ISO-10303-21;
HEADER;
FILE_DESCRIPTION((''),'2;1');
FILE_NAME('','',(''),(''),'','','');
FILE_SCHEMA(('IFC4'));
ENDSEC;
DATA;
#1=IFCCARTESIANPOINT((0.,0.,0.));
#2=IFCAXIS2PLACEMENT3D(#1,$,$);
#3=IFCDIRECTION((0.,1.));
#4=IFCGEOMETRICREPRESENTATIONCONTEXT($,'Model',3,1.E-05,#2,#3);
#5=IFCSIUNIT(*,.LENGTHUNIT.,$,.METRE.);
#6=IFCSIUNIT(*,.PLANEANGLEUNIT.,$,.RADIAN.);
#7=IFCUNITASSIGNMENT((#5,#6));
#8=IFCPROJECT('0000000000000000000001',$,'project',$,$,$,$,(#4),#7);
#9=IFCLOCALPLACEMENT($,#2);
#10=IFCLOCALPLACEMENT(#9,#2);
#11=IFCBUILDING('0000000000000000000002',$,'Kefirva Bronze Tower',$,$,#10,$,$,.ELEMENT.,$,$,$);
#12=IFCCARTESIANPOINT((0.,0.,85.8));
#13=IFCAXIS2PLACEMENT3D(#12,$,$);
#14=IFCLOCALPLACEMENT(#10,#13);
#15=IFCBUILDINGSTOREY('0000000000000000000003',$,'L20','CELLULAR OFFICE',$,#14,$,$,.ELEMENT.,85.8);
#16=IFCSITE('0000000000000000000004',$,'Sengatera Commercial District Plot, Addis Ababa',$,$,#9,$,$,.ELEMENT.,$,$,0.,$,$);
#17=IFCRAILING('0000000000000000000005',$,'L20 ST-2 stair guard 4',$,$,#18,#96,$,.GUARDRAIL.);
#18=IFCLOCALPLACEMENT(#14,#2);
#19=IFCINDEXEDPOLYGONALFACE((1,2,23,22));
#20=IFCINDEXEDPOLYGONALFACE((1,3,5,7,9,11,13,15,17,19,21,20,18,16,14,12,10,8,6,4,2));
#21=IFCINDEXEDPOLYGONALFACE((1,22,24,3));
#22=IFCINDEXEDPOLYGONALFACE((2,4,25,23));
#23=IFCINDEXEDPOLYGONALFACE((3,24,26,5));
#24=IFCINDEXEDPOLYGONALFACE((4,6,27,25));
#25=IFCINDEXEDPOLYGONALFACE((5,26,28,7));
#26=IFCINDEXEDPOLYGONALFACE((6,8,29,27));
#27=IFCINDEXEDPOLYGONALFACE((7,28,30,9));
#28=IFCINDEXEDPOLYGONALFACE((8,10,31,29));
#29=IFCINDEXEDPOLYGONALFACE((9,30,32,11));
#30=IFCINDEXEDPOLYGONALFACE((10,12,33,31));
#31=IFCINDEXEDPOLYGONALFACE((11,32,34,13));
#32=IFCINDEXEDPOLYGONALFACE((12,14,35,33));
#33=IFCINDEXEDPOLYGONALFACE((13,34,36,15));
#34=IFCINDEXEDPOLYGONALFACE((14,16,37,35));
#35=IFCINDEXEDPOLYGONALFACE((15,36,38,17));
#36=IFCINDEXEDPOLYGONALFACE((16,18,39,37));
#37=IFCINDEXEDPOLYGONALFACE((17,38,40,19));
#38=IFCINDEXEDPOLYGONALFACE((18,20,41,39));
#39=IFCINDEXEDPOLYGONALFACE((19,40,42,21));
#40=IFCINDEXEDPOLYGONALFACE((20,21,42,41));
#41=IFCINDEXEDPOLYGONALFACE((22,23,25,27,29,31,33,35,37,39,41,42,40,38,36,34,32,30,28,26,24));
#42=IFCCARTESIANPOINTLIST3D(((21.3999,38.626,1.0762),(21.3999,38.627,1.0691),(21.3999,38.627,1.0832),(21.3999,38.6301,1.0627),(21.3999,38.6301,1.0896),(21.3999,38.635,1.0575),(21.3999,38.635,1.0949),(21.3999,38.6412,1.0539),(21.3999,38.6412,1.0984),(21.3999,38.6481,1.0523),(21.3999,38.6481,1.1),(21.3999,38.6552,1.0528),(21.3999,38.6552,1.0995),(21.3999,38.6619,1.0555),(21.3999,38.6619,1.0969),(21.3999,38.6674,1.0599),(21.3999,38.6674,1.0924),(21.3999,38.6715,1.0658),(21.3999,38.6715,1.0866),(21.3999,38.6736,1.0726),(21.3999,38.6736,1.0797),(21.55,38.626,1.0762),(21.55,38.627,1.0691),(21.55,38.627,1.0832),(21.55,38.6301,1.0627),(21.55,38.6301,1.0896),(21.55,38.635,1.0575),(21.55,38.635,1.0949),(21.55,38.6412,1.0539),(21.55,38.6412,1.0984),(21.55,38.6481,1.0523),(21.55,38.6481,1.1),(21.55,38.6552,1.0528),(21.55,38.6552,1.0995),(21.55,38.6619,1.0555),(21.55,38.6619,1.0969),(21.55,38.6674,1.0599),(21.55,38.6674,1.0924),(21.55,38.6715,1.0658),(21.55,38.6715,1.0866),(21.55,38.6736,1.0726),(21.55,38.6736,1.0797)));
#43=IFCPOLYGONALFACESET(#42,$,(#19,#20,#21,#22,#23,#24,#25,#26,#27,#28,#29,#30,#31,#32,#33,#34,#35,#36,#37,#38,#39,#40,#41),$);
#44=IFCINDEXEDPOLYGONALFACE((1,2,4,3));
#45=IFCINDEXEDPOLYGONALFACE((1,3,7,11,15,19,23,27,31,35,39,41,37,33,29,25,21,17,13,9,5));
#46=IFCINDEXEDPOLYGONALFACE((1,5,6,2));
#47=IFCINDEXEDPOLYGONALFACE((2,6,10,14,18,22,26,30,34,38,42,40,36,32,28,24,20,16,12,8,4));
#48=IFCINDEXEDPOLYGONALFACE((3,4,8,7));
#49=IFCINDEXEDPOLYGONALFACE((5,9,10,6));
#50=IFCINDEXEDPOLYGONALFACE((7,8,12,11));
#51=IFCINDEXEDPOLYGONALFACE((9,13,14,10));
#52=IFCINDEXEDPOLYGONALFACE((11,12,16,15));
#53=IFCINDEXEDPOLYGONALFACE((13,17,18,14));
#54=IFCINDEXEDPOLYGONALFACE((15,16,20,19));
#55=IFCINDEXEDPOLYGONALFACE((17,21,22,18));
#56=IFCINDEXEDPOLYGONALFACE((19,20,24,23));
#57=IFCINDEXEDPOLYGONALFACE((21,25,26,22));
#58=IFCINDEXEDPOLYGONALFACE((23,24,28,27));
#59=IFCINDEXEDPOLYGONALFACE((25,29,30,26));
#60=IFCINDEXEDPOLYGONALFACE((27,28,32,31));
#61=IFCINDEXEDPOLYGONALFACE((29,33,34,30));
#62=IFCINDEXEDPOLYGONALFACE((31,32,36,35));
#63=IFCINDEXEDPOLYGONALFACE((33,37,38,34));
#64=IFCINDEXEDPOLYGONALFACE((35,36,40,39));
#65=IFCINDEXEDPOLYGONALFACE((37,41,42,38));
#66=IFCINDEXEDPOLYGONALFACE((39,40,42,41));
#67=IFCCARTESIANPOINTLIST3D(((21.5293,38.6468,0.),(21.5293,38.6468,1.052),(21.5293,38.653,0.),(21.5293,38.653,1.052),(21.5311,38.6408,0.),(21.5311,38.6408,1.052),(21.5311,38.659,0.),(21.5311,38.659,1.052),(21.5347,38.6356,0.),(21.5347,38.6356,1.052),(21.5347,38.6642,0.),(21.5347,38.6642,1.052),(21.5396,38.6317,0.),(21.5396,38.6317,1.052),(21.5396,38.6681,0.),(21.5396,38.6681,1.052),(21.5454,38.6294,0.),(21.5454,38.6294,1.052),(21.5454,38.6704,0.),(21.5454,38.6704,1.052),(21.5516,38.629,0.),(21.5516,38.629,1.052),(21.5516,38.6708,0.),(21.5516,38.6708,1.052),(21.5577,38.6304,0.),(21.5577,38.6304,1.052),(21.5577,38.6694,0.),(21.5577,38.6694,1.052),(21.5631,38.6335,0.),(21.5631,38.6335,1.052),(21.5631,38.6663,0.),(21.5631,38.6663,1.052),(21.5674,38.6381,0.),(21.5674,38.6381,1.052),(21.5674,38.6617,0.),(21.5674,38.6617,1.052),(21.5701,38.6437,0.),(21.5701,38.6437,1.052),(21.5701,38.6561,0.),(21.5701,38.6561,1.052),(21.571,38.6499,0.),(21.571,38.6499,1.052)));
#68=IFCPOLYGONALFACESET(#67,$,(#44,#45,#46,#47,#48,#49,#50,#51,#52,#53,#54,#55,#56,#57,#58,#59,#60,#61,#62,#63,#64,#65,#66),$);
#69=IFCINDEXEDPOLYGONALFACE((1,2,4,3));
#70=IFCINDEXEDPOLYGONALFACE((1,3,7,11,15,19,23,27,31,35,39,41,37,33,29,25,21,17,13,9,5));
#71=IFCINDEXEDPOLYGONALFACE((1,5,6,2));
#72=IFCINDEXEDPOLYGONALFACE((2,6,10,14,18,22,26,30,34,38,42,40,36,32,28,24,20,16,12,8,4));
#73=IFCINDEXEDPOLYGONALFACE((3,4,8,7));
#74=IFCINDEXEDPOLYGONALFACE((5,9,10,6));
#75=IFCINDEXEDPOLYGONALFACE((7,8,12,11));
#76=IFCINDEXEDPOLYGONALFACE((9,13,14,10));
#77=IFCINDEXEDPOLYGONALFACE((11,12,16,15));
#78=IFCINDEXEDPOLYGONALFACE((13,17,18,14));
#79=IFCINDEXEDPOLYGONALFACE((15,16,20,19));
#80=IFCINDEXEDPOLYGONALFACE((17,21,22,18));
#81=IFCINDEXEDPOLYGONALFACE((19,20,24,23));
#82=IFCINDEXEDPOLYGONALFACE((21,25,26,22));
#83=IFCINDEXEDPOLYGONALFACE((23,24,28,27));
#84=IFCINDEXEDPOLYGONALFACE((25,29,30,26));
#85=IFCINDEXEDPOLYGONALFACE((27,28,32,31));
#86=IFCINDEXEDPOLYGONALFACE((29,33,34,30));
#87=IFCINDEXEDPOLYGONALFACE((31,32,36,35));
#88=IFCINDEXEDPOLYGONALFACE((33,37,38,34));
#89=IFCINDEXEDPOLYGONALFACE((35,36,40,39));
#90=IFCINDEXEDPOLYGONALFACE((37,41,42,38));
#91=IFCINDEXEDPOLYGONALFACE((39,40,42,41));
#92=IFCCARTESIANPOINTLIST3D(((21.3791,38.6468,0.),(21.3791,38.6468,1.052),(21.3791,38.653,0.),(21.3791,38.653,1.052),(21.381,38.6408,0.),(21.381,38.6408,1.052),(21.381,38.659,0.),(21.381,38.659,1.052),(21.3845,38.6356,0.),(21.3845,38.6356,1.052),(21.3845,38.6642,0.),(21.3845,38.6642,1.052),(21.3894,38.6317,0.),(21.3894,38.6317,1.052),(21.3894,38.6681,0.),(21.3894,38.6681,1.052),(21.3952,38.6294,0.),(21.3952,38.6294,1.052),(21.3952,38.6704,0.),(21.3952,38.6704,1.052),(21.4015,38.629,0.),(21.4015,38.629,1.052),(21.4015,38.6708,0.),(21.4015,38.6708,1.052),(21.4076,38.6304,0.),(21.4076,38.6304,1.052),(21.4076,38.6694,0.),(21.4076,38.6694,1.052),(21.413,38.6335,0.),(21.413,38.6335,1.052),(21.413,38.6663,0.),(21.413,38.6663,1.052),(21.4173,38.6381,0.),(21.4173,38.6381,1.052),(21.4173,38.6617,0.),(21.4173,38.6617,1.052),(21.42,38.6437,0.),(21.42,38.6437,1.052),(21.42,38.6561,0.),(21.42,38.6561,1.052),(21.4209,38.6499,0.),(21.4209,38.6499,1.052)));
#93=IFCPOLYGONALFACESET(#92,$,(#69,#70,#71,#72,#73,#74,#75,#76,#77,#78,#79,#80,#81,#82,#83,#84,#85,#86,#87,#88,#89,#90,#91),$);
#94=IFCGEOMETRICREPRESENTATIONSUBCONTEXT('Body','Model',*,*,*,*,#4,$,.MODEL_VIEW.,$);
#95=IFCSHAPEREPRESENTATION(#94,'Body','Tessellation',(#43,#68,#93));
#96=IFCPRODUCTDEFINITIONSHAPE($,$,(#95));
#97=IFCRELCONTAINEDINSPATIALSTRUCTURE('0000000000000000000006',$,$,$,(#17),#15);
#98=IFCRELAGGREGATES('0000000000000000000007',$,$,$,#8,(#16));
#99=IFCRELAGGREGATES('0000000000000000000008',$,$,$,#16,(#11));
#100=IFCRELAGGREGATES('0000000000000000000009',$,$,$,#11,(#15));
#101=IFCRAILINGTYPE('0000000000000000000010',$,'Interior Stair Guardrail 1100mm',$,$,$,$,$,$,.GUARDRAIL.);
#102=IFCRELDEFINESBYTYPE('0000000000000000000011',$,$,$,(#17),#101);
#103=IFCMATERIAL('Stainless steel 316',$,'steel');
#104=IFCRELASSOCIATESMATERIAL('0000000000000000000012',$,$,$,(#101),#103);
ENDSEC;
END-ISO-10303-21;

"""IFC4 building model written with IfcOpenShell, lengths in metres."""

from ifc_helpers import new_model, si_unit, direction, frame, origin, origin_2d, place, context, subcontext, project, spatial, circle, extrude, material, type_object, element, save


model = new_model("IFC4")

# Units and contexts
model_context = context("Model", 3, precision=1e-05, world=origin(), true_north=direction((0.0, 1.0)))
body_context = subcontext(model_context, "Body", "Model", "MODEL_VIEW")
ifc_project = project(units=[si_unit("LENGTHUNIT", "METRE"), si_unit("PLANEANGLEUNIT", "RADIAN")], contexts=[model_context])

# Site, building, storey
site_placement = place(None, origin())
site = spatial("IfcSite", under=ifc_project, at=site_placement, Name="Sengatera Commercial District Plot, Addis Ababa", CompositionType="ELEMENT", RefElevation=0.0)
building_placement = place(site_placement, origin())
building = spatial("IfcBuilding", under=site, at=building_placement, Name="Kefirva Bronze Tower", CompositionType="ELEMENT")
storey_placement = place(building_placement, frame((0.0, 0.0, 85.8)))
storey = spatial("IfcBuildingStorey", under=building, at=storey_placement, Name="L20", Description="CELLULAR OFFICE", CompositionType="ELEMENT", Elevation=85.8)

# Railing
ifc_material_1 = material(Name="Stainless steel 316", Category="steel")
railing_type_1 = type_object("IfcRailingType", Name="Interior Stair Guardrail 1100mm", PredefinedType="GUARDRAIL", material=ifc_material_1)
railing_1_placement = place(storey_placement, frame((21.55, 38.6499, 0.0)))
element("IfcRailing", 1, at=railing_1_placement, inside=storey, type_object=railing_type_1, Name="L20 ST-2 stair guard 4", PredefinedType="GUARDRAIL", context=body_context, shape_type="SweptSolid", body=[
    extrude(circle(Radius=0.0239, at=origin_2d()), frame((0.0, 0.0, 1.0762), z_axis=(-1.0, 0.0, 0.0), x_axis=(0.0, -1.0, 0.0)), (0.0, 0.0, 1.0), 0.1501),
    extrude(circle(Radius=0.021, at=origin_2d()), origin(), (0.0, 0.0, 1.0), 1.052),
    extrude(circle(Radius=0.021, at=origin_2d()), frame((-0.1501, 0.0, 0.0)), (0.0, 0.0, 1.0), 1.052),
])

save(model, "model.ifc")
